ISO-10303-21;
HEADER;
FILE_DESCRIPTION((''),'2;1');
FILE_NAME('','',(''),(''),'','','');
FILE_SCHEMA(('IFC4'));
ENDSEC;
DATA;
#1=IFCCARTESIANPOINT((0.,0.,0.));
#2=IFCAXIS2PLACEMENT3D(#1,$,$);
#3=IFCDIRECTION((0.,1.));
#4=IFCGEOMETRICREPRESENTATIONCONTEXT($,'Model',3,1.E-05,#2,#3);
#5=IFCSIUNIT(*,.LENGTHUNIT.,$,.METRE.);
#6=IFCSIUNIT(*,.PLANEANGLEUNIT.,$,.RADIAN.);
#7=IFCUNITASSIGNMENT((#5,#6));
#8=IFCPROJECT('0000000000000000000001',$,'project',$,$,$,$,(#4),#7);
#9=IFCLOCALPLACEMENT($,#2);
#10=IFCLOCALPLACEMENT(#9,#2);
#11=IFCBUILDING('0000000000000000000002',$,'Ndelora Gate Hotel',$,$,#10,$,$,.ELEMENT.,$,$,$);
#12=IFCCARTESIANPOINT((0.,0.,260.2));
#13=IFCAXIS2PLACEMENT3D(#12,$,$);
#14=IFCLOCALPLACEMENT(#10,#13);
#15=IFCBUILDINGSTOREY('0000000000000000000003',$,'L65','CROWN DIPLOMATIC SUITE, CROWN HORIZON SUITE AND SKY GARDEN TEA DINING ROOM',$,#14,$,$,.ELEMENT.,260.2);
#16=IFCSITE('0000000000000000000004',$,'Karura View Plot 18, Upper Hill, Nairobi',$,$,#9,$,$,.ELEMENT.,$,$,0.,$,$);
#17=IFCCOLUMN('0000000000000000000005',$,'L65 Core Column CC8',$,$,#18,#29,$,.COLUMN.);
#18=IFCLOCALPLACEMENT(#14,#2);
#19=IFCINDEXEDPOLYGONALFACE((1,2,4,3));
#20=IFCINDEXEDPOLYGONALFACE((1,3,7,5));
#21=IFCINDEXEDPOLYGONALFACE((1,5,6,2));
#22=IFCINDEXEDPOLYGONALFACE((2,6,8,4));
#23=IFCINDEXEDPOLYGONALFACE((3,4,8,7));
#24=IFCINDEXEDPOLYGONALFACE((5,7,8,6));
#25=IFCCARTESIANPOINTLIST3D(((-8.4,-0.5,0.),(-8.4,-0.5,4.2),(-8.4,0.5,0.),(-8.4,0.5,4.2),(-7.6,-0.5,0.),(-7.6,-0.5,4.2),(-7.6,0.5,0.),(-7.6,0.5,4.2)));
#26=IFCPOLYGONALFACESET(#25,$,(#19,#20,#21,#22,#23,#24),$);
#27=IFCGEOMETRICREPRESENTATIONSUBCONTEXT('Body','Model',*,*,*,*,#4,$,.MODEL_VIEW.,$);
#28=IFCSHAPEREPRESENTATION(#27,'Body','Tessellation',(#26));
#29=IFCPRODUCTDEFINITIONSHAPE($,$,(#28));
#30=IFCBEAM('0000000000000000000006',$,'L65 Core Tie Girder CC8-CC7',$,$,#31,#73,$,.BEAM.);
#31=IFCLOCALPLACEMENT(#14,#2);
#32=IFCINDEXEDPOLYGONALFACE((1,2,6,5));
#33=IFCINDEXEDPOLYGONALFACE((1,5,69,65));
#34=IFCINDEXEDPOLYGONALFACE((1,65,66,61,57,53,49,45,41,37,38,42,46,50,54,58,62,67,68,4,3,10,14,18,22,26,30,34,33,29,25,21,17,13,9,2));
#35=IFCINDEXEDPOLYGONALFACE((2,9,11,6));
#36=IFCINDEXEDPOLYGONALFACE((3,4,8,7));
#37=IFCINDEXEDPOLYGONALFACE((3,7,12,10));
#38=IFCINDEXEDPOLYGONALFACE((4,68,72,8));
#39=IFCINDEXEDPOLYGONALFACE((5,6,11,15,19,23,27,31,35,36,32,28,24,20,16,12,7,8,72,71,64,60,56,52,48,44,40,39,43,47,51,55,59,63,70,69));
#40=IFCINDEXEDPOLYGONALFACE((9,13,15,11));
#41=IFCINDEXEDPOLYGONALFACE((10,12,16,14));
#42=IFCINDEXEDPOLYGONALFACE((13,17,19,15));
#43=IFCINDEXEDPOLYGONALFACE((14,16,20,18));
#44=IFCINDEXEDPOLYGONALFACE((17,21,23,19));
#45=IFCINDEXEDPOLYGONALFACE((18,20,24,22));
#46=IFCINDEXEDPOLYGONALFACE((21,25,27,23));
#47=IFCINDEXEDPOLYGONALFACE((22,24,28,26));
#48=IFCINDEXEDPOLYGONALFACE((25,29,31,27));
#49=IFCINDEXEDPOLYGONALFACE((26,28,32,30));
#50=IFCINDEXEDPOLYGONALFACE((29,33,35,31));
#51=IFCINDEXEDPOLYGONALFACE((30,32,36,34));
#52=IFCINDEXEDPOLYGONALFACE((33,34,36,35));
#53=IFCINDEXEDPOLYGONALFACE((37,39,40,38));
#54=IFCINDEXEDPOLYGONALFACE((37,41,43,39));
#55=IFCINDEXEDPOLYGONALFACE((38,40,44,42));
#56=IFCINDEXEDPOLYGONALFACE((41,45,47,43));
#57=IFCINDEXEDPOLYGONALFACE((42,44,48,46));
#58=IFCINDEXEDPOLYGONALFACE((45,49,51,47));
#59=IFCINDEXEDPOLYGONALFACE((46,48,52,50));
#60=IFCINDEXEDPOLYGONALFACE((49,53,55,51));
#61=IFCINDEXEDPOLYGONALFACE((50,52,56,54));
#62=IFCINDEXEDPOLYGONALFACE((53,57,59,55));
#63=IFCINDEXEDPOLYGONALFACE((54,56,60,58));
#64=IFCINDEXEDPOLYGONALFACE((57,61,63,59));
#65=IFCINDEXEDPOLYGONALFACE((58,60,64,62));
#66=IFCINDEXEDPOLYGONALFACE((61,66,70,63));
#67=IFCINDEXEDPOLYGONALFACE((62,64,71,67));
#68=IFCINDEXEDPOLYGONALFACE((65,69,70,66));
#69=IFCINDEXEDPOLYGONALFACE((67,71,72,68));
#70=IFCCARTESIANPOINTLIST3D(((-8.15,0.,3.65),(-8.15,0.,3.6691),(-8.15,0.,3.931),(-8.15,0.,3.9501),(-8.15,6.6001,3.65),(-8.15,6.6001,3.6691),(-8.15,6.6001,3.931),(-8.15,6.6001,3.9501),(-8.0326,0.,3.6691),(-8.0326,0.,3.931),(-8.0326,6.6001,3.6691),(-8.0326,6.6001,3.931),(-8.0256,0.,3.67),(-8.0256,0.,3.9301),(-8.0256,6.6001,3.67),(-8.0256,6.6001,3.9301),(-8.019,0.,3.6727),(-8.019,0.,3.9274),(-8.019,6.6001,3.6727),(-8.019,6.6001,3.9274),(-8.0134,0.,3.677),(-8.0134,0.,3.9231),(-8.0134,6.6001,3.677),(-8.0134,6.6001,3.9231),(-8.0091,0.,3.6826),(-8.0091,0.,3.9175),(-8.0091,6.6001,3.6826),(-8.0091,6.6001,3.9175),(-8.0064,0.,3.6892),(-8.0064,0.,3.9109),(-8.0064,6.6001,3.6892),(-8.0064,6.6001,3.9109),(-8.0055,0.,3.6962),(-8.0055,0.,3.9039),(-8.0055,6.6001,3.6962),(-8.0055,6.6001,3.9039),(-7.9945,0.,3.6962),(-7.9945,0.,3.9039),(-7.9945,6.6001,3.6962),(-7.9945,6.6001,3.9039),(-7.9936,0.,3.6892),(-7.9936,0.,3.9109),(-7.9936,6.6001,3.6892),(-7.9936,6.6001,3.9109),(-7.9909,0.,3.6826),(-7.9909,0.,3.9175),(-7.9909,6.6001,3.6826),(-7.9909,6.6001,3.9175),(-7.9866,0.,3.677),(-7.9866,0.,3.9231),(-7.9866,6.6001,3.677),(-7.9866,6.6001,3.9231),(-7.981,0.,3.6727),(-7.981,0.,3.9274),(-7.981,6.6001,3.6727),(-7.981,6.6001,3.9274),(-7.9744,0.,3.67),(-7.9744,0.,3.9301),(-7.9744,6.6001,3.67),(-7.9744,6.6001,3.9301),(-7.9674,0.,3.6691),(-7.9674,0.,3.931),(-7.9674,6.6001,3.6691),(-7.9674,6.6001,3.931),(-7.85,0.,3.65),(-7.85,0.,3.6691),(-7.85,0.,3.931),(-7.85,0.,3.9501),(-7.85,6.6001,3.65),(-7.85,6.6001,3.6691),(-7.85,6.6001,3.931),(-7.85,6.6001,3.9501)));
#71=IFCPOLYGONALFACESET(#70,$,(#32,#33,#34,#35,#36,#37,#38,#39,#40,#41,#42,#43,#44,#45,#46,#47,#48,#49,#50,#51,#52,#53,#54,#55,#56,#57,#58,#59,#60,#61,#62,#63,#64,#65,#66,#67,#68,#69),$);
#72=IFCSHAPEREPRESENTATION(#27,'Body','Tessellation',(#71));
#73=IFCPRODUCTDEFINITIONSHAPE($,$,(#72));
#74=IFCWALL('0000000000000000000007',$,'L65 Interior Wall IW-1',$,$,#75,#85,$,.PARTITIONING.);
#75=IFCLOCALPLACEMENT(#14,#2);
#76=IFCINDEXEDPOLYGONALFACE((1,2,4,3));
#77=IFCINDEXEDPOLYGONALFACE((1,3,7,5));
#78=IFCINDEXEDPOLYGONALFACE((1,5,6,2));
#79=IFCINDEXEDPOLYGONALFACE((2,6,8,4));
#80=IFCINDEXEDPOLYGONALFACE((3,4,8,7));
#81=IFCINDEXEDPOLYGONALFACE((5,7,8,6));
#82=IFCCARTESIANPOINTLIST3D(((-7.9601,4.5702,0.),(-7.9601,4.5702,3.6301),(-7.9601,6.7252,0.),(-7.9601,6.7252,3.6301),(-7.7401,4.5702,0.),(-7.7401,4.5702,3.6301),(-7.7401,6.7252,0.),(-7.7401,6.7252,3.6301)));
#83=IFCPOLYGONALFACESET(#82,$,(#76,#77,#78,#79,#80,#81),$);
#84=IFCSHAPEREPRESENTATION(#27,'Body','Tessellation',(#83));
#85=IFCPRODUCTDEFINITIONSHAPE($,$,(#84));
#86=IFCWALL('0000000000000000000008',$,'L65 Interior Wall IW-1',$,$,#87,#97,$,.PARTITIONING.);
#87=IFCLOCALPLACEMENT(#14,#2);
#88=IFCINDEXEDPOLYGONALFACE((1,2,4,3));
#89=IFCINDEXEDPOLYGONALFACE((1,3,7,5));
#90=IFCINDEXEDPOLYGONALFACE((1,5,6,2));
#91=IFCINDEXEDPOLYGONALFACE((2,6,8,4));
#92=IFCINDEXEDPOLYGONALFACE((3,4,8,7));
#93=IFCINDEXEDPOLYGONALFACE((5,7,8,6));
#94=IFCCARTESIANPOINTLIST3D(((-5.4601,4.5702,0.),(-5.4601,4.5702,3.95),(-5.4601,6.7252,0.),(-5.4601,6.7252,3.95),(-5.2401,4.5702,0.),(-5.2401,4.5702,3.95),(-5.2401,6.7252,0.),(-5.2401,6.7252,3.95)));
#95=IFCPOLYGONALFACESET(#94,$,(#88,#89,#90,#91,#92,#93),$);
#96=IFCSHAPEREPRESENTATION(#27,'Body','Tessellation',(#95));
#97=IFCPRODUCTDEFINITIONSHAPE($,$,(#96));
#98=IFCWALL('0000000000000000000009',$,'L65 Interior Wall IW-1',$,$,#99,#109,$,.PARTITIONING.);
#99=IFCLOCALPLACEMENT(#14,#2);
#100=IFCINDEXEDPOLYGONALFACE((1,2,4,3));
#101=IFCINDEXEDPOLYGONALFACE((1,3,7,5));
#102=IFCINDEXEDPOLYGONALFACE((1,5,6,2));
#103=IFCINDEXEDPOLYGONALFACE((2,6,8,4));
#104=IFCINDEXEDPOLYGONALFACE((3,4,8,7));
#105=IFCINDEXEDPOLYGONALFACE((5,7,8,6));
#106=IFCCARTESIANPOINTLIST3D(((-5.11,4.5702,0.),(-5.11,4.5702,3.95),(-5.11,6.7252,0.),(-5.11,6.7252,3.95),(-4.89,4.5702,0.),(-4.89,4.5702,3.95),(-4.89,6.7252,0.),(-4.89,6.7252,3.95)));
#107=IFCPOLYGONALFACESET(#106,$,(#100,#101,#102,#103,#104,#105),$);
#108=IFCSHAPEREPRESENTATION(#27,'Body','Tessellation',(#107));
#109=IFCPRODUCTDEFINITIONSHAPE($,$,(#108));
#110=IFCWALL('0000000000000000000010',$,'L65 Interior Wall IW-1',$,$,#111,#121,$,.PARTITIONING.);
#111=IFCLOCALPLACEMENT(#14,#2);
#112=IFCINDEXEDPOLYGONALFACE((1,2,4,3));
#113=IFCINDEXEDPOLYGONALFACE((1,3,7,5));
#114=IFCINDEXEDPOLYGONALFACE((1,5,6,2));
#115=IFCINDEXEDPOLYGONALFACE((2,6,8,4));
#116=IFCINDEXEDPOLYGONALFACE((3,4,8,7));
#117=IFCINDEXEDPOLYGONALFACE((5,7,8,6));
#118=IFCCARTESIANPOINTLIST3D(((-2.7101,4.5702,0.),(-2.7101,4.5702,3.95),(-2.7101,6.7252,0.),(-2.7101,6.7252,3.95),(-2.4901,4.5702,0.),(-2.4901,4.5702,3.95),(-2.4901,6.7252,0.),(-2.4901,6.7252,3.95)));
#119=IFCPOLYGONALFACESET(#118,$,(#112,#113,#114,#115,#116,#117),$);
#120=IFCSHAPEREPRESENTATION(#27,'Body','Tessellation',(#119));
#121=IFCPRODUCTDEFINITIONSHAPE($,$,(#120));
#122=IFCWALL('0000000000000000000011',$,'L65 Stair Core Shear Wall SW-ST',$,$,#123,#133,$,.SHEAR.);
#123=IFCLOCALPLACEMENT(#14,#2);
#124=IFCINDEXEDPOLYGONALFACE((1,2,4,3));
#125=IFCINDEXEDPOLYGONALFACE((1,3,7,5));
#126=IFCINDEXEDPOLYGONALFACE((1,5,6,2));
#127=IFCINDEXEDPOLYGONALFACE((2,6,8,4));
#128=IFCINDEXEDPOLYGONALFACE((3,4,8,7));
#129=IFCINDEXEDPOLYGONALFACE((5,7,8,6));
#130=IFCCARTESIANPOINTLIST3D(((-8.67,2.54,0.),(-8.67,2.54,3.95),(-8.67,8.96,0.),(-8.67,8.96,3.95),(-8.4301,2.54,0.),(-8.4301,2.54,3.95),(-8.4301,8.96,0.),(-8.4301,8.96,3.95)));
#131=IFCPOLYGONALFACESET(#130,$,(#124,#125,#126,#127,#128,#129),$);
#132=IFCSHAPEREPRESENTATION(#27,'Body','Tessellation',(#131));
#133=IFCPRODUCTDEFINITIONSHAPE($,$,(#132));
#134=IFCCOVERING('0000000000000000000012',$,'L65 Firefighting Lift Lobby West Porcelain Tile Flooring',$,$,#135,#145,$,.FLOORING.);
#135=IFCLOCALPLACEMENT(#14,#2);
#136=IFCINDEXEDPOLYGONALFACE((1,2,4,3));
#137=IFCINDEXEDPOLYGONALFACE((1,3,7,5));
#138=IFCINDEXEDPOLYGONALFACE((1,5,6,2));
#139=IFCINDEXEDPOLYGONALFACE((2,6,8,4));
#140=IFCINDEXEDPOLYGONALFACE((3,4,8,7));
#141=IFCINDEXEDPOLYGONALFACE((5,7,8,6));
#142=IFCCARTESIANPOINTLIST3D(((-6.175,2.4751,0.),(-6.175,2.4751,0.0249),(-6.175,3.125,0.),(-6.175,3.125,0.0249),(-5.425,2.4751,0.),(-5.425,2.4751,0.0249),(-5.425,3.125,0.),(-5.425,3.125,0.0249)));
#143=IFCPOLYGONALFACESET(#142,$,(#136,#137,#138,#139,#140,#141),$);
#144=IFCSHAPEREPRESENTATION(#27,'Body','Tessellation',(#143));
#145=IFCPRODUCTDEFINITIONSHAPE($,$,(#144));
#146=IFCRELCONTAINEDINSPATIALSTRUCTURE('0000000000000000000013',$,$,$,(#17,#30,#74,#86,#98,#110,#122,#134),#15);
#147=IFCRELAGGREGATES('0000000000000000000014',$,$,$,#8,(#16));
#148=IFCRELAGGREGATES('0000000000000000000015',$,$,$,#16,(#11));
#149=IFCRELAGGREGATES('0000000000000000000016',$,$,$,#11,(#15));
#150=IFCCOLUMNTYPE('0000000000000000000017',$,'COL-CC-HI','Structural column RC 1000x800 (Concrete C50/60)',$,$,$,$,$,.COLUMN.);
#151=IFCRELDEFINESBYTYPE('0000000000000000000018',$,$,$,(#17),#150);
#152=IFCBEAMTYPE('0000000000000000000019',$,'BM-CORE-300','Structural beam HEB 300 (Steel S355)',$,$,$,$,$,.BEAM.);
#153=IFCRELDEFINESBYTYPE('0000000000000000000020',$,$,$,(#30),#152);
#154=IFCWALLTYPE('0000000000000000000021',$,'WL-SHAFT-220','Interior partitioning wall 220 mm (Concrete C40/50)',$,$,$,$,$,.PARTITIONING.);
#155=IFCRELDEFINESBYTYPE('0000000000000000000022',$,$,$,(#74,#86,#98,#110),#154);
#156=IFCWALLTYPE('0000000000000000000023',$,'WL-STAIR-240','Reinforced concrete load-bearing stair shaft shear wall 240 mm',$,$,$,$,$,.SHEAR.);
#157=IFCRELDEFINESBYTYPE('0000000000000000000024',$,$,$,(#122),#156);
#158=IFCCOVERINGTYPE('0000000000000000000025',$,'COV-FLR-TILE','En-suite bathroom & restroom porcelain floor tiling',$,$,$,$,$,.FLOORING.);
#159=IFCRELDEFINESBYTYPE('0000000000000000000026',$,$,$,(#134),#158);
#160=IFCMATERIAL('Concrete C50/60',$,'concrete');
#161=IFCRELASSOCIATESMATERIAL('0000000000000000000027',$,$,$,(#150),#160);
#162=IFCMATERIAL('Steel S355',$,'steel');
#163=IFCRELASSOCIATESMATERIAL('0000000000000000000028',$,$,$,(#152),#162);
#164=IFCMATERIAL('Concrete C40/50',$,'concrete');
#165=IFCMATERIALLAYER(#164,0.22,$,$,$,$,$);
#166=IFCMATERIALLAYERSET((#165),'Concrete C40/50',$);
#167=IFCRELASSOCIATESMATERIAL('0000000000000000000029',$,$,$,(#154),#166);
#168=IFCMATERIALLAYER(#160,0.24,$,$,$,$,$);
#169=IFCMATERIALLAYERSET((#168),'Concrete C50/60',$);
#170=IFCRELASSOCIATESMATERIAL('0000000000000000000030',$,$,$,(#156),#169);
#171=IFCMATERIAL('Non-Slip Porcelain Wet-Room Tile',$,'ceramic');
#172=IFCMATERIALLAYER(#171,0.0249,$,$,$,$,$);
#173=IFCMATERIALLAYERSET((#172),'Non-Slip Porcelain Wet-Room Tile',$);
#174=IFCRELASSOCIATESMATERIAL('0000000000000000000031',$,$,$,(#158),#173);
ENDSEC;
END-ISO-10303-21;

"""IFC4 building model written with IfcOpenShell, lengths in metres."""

from ifc_helpers import new_model, si_unit, direction, frame, frame_2d, origin, origin_2d, place, context, subcontext, project, spatial, rectangle, i_section, extrude, material, layer, layer_set, material_profile, profile_set, type_object, element, save


model = new_model("IFC4")

# Units and contexts
model_context = context("Model", 3, precision=1e-05, world=origin(), true_north=direction((0.0, 1.0)))
body_context = subcontext(model_context, "Body", "Model", "MODEL_VIEW")
ifc_project = project(units=[si_unit("LENGTHUNIT", "METRE"), si_unit("PLANEANGLEUNIT", "RADIAN")], contexts=[model_context])

# Site, building, storey
site_placement = place(None, origin())
site = spatial("IfcSite", under=ifc_project, at=site_placement, Name="Karura View Plot 18, Upper Hill, Nairobi", CompositionType="ELEMENT", RefElevation=0.0)
building_placement = place(site_placement, origin())
building = spatial("IfcBuilding", under=site, at=building_placement, Name="Ndelora Gate Hotel", CompositionType="ELEMENT")
storey_placement = place(building_placement, frame((0.0, 0.0, 260.2)))
storey = spatial("IfcBuildingStorey", under=building, at=storey_placement, Name="L65", Description="CROWN DIPLOMATIC SUITE, CROWN HORIZON SUITE AND SKY GARDEN TEA DINING ROOM", CompositionType="ELEMENT", Elevation=260.2)

# Column
ifc_material_1 = material(Name="Concrete C50/60", Category="concrete")
ifc_material_profile_1 = material_profile(ifc_material_1, rectangle(XDim=0.8, YDim=1.0, at=origin_2d()), Name="RC 1000x800")
ifc_profile_set_1 = profile_set([ifc_material_profile_1], Name="Concrete C50/60")
column_type = type_object("IfcColumnType", Name="COL-CC-HI", Description="Structural column RC 1000x800 (Concrete C50/60)", PredefinedType="COLUMN", material=ifc_profile_set_1)
column_placement = place(storey_placement, frame((-8.0, 0.0, 0.0), z_axis=(0.0, 0.0, 1.0), x_axis=(1.0, 0.0, 0.0)))
element("IfcColumn", 1, at=column_placement, inside=storey, type_object=column_type, Name="L65 Core Column CC8", PredefinedType="COLUMN", context=body_context, shape_type="SweptSolid", body=[
    extrude(rectangle(XDim=0.8, YDim=1.0, at=origin_2d()), origin(), (0.0, 0.0, 1.0), 4.2),
])

# Beam
ifc_material_2 = material(Name="Steel S355", Category="steel")
ifc_material_profile_2 = material_profile(ifc_material_2, i_section(OverallWidth=0.3, OverallDepth=0.3, WebThickness=0.011, FlangeThickness=0.019, FilletRadius=0.0271, at=origin_2d()), Name="HEB 300")
ifc_profile_set_2 = profile_set([ifc_material_profile_2], Name="Steel S355")
beam_type = type_object("IfcBeamType", Name="BM-CORE-300", Description="Structural beam HEB 300 (Steel S355)", PredefinedType="BEAM", material=ifc_profile_set_2)
beam_placement = place(storey_placement, frame((-8.0, 0.0, 3.8), z_axis=(0.0, 1.0, 0.0), x_axis=(-1.0, 0.0, 0.0)))
element("IfcBeam", 2, at=beam_placement, inside=storey, type_object=beam_type, Name="L65 Core Tie Girder CC8-CC7", PredefinedType="BEAM", context=body_context, shape_type="SweptSolid", body=[
    extrude(i_section(OverallWidth=0.3, OverallDepth=0.3, WebThickness=0.011, FlangeThickness=0.019, FilletRadius=0.0271, at=origin_2d()), origin(), (0.0, 0.0, 1.0), 6.6001),
])

# Shared definitions
ifc_material_3 = material(Name="Concrete C40/50", Category="concrete")
ifc_layer_1 = layer(ifc_material_3, 0.22)
ifc_layer_set_1 = layer_set([ifc_layer_1], Name="Concrete C40/50")
wall_type_1 = type_object("IfcWallType", Name="WL-SHAFT-220", Description="Interior partitioning wall 220 mm (Concrete C40/50)", PredefinedType="PARTITIONING", material=ifc_layer_set_1)

# Walls
wall_1_placement = place(storey_placement, frame((-7.8501, 4.5701, 0.0), z_axis=(0.0, 0.0, 1.0), x_axis=(0.0, 1.0, 0.0)))
element("IfcWall", 3, at=wall_1_placement, inside=storey, type_object=wall_type_1, Name="L65 Interior Wall IW-1", PredefinedType="PARTITIONING", context=body_context, shape_type="SweptSolid", body=[
    extrude(rectangle(XDim=2.155, YDim=0.22, at=frame_2d((1.0776, 0.0))), origin(), (0.0, 0.0, 1.0), 3.6301),
])
wall_2_placement = place(storey_placement, frame((-5.3501, 4.5701, 0.0), z_axis=(0.0, 0.0, 1.0), x_axis=(0.0, 1.0, 0.0)))
element("IfcWall", 4, at=wall_2_placement, inside=storey, type_object=wall_type_1, Name="L65 Interior Wall IW-1", PredefinedType="PARTITIONING", context=body_context, shape_type="SweptSolid", body=[
    extrude(rectangle(XDim=2.155, YDim=0.22, at=frame_2d((1.0776, 0.0))), origin(), (0.0, 0.0, 1.0), 3.95),
])

# Walls
for number, where, z_axis, x_axis, name in (
    (5, (-5.0, 4.5701, 0.0), (0.0, 0.0, 1.0), (0.0, 1.0, 0.0), "L65 Interior Wall IW-1"),
    (6, (-2.6001, 4.5701, 0.0), (0.0, 0.0, 1.0), (0.0, 1.0, 0.0), "L65 Interior Wall IW-1"),
):
    element("IfcWall", number, at=place(storey_placement, frame(where, z_axis=z_axis, x_axis=x_axis)), inside=storey, type_object=wall_type_1, Name=name, PredefinedType="PARTITIONING", context=body_context, shape_type="SweptSolid", body=[
        extrude(rectangle(XDim=2.155, YDim=0.22, at=frame_2d((1.0776, 0.0))), origin(), (0.0, 0.0, 1.0), 3.95),
    ])

# Shared definitions
ifc_layer_2 = layer(ifc_material_1, 0.24)
ifc_layer_set_2 = layer_set([ifc_layer_2], Name="Concrete C50/60")
wall_type_2 = type_object("IfcWallType", Name="WL-STAIR-240", Description="Reinforced concrete load-bearing stair shaft shear wall 240 mm", PredefinedType="SHEAR", material=ifc_layer_set_2)

# Wall
wall_3_placement = place(storey_placement, frame((-8.55, 2.54, 0.0), z_axis=(0.0, 0.0, 1.0), x_axis=(0.0, 1.0, 0.0)))
element("IfcWall", 7, at=wall_3_placement, inside=storey, type_object=wall_type_2, Name="L65 Stair Core Shear Wall SW-ST", PredefinedType="SHEAR", context=body_context, shape_type="SweptSolid", body=[
    extrude(rectangle(XDim=6.4199, YDim=0.24, at=frame_2d((3.21, 0.0))), origin(), (0.0, 0.0, 1.0), 3.95),
])

# Covering
ifc_material_4 = material(Name="Non-Slip Porcelain Wet-Room Tile", Category="ceramic")
ifc_layer_3 = layer(ifc_material_4, 0.0249)
ifc_layer_set_3 = layer_set([ifc_layer_3], Name="Non-Slip Porcelain Wet-Room Tile")
covering_type = type_object("IfcCoveringType", Name="COV-FLR-TILE", Description="En-suite bathroom & restroom porcelain floor tiling", PredefinedType="FLOORING", material=ifc_layer_set_3)
covering_placement = place(storey_placement, frame((-5.8, 2.8, 0.0), z_axis=(0.0, 0.0, 1.0), x_axis=(1.0, 0.0, 0.0)))
element("IfcCovering", 8, at=covering_placement, inside=storey, type_object=covering_type, Name="L65 Firefighting Lift Lobby West Porcelain Tile Flooring", PredefinedType="FLOORING", context=body_context, shape_type="SweptSolid", body=[
    extrude(rectangle(XDim=0.75, YDim=0.6499, at=origin_2d()), origin(), (0.0, 0.0, 1.0), 0.0249),
])

save(model, "model.ifc")
